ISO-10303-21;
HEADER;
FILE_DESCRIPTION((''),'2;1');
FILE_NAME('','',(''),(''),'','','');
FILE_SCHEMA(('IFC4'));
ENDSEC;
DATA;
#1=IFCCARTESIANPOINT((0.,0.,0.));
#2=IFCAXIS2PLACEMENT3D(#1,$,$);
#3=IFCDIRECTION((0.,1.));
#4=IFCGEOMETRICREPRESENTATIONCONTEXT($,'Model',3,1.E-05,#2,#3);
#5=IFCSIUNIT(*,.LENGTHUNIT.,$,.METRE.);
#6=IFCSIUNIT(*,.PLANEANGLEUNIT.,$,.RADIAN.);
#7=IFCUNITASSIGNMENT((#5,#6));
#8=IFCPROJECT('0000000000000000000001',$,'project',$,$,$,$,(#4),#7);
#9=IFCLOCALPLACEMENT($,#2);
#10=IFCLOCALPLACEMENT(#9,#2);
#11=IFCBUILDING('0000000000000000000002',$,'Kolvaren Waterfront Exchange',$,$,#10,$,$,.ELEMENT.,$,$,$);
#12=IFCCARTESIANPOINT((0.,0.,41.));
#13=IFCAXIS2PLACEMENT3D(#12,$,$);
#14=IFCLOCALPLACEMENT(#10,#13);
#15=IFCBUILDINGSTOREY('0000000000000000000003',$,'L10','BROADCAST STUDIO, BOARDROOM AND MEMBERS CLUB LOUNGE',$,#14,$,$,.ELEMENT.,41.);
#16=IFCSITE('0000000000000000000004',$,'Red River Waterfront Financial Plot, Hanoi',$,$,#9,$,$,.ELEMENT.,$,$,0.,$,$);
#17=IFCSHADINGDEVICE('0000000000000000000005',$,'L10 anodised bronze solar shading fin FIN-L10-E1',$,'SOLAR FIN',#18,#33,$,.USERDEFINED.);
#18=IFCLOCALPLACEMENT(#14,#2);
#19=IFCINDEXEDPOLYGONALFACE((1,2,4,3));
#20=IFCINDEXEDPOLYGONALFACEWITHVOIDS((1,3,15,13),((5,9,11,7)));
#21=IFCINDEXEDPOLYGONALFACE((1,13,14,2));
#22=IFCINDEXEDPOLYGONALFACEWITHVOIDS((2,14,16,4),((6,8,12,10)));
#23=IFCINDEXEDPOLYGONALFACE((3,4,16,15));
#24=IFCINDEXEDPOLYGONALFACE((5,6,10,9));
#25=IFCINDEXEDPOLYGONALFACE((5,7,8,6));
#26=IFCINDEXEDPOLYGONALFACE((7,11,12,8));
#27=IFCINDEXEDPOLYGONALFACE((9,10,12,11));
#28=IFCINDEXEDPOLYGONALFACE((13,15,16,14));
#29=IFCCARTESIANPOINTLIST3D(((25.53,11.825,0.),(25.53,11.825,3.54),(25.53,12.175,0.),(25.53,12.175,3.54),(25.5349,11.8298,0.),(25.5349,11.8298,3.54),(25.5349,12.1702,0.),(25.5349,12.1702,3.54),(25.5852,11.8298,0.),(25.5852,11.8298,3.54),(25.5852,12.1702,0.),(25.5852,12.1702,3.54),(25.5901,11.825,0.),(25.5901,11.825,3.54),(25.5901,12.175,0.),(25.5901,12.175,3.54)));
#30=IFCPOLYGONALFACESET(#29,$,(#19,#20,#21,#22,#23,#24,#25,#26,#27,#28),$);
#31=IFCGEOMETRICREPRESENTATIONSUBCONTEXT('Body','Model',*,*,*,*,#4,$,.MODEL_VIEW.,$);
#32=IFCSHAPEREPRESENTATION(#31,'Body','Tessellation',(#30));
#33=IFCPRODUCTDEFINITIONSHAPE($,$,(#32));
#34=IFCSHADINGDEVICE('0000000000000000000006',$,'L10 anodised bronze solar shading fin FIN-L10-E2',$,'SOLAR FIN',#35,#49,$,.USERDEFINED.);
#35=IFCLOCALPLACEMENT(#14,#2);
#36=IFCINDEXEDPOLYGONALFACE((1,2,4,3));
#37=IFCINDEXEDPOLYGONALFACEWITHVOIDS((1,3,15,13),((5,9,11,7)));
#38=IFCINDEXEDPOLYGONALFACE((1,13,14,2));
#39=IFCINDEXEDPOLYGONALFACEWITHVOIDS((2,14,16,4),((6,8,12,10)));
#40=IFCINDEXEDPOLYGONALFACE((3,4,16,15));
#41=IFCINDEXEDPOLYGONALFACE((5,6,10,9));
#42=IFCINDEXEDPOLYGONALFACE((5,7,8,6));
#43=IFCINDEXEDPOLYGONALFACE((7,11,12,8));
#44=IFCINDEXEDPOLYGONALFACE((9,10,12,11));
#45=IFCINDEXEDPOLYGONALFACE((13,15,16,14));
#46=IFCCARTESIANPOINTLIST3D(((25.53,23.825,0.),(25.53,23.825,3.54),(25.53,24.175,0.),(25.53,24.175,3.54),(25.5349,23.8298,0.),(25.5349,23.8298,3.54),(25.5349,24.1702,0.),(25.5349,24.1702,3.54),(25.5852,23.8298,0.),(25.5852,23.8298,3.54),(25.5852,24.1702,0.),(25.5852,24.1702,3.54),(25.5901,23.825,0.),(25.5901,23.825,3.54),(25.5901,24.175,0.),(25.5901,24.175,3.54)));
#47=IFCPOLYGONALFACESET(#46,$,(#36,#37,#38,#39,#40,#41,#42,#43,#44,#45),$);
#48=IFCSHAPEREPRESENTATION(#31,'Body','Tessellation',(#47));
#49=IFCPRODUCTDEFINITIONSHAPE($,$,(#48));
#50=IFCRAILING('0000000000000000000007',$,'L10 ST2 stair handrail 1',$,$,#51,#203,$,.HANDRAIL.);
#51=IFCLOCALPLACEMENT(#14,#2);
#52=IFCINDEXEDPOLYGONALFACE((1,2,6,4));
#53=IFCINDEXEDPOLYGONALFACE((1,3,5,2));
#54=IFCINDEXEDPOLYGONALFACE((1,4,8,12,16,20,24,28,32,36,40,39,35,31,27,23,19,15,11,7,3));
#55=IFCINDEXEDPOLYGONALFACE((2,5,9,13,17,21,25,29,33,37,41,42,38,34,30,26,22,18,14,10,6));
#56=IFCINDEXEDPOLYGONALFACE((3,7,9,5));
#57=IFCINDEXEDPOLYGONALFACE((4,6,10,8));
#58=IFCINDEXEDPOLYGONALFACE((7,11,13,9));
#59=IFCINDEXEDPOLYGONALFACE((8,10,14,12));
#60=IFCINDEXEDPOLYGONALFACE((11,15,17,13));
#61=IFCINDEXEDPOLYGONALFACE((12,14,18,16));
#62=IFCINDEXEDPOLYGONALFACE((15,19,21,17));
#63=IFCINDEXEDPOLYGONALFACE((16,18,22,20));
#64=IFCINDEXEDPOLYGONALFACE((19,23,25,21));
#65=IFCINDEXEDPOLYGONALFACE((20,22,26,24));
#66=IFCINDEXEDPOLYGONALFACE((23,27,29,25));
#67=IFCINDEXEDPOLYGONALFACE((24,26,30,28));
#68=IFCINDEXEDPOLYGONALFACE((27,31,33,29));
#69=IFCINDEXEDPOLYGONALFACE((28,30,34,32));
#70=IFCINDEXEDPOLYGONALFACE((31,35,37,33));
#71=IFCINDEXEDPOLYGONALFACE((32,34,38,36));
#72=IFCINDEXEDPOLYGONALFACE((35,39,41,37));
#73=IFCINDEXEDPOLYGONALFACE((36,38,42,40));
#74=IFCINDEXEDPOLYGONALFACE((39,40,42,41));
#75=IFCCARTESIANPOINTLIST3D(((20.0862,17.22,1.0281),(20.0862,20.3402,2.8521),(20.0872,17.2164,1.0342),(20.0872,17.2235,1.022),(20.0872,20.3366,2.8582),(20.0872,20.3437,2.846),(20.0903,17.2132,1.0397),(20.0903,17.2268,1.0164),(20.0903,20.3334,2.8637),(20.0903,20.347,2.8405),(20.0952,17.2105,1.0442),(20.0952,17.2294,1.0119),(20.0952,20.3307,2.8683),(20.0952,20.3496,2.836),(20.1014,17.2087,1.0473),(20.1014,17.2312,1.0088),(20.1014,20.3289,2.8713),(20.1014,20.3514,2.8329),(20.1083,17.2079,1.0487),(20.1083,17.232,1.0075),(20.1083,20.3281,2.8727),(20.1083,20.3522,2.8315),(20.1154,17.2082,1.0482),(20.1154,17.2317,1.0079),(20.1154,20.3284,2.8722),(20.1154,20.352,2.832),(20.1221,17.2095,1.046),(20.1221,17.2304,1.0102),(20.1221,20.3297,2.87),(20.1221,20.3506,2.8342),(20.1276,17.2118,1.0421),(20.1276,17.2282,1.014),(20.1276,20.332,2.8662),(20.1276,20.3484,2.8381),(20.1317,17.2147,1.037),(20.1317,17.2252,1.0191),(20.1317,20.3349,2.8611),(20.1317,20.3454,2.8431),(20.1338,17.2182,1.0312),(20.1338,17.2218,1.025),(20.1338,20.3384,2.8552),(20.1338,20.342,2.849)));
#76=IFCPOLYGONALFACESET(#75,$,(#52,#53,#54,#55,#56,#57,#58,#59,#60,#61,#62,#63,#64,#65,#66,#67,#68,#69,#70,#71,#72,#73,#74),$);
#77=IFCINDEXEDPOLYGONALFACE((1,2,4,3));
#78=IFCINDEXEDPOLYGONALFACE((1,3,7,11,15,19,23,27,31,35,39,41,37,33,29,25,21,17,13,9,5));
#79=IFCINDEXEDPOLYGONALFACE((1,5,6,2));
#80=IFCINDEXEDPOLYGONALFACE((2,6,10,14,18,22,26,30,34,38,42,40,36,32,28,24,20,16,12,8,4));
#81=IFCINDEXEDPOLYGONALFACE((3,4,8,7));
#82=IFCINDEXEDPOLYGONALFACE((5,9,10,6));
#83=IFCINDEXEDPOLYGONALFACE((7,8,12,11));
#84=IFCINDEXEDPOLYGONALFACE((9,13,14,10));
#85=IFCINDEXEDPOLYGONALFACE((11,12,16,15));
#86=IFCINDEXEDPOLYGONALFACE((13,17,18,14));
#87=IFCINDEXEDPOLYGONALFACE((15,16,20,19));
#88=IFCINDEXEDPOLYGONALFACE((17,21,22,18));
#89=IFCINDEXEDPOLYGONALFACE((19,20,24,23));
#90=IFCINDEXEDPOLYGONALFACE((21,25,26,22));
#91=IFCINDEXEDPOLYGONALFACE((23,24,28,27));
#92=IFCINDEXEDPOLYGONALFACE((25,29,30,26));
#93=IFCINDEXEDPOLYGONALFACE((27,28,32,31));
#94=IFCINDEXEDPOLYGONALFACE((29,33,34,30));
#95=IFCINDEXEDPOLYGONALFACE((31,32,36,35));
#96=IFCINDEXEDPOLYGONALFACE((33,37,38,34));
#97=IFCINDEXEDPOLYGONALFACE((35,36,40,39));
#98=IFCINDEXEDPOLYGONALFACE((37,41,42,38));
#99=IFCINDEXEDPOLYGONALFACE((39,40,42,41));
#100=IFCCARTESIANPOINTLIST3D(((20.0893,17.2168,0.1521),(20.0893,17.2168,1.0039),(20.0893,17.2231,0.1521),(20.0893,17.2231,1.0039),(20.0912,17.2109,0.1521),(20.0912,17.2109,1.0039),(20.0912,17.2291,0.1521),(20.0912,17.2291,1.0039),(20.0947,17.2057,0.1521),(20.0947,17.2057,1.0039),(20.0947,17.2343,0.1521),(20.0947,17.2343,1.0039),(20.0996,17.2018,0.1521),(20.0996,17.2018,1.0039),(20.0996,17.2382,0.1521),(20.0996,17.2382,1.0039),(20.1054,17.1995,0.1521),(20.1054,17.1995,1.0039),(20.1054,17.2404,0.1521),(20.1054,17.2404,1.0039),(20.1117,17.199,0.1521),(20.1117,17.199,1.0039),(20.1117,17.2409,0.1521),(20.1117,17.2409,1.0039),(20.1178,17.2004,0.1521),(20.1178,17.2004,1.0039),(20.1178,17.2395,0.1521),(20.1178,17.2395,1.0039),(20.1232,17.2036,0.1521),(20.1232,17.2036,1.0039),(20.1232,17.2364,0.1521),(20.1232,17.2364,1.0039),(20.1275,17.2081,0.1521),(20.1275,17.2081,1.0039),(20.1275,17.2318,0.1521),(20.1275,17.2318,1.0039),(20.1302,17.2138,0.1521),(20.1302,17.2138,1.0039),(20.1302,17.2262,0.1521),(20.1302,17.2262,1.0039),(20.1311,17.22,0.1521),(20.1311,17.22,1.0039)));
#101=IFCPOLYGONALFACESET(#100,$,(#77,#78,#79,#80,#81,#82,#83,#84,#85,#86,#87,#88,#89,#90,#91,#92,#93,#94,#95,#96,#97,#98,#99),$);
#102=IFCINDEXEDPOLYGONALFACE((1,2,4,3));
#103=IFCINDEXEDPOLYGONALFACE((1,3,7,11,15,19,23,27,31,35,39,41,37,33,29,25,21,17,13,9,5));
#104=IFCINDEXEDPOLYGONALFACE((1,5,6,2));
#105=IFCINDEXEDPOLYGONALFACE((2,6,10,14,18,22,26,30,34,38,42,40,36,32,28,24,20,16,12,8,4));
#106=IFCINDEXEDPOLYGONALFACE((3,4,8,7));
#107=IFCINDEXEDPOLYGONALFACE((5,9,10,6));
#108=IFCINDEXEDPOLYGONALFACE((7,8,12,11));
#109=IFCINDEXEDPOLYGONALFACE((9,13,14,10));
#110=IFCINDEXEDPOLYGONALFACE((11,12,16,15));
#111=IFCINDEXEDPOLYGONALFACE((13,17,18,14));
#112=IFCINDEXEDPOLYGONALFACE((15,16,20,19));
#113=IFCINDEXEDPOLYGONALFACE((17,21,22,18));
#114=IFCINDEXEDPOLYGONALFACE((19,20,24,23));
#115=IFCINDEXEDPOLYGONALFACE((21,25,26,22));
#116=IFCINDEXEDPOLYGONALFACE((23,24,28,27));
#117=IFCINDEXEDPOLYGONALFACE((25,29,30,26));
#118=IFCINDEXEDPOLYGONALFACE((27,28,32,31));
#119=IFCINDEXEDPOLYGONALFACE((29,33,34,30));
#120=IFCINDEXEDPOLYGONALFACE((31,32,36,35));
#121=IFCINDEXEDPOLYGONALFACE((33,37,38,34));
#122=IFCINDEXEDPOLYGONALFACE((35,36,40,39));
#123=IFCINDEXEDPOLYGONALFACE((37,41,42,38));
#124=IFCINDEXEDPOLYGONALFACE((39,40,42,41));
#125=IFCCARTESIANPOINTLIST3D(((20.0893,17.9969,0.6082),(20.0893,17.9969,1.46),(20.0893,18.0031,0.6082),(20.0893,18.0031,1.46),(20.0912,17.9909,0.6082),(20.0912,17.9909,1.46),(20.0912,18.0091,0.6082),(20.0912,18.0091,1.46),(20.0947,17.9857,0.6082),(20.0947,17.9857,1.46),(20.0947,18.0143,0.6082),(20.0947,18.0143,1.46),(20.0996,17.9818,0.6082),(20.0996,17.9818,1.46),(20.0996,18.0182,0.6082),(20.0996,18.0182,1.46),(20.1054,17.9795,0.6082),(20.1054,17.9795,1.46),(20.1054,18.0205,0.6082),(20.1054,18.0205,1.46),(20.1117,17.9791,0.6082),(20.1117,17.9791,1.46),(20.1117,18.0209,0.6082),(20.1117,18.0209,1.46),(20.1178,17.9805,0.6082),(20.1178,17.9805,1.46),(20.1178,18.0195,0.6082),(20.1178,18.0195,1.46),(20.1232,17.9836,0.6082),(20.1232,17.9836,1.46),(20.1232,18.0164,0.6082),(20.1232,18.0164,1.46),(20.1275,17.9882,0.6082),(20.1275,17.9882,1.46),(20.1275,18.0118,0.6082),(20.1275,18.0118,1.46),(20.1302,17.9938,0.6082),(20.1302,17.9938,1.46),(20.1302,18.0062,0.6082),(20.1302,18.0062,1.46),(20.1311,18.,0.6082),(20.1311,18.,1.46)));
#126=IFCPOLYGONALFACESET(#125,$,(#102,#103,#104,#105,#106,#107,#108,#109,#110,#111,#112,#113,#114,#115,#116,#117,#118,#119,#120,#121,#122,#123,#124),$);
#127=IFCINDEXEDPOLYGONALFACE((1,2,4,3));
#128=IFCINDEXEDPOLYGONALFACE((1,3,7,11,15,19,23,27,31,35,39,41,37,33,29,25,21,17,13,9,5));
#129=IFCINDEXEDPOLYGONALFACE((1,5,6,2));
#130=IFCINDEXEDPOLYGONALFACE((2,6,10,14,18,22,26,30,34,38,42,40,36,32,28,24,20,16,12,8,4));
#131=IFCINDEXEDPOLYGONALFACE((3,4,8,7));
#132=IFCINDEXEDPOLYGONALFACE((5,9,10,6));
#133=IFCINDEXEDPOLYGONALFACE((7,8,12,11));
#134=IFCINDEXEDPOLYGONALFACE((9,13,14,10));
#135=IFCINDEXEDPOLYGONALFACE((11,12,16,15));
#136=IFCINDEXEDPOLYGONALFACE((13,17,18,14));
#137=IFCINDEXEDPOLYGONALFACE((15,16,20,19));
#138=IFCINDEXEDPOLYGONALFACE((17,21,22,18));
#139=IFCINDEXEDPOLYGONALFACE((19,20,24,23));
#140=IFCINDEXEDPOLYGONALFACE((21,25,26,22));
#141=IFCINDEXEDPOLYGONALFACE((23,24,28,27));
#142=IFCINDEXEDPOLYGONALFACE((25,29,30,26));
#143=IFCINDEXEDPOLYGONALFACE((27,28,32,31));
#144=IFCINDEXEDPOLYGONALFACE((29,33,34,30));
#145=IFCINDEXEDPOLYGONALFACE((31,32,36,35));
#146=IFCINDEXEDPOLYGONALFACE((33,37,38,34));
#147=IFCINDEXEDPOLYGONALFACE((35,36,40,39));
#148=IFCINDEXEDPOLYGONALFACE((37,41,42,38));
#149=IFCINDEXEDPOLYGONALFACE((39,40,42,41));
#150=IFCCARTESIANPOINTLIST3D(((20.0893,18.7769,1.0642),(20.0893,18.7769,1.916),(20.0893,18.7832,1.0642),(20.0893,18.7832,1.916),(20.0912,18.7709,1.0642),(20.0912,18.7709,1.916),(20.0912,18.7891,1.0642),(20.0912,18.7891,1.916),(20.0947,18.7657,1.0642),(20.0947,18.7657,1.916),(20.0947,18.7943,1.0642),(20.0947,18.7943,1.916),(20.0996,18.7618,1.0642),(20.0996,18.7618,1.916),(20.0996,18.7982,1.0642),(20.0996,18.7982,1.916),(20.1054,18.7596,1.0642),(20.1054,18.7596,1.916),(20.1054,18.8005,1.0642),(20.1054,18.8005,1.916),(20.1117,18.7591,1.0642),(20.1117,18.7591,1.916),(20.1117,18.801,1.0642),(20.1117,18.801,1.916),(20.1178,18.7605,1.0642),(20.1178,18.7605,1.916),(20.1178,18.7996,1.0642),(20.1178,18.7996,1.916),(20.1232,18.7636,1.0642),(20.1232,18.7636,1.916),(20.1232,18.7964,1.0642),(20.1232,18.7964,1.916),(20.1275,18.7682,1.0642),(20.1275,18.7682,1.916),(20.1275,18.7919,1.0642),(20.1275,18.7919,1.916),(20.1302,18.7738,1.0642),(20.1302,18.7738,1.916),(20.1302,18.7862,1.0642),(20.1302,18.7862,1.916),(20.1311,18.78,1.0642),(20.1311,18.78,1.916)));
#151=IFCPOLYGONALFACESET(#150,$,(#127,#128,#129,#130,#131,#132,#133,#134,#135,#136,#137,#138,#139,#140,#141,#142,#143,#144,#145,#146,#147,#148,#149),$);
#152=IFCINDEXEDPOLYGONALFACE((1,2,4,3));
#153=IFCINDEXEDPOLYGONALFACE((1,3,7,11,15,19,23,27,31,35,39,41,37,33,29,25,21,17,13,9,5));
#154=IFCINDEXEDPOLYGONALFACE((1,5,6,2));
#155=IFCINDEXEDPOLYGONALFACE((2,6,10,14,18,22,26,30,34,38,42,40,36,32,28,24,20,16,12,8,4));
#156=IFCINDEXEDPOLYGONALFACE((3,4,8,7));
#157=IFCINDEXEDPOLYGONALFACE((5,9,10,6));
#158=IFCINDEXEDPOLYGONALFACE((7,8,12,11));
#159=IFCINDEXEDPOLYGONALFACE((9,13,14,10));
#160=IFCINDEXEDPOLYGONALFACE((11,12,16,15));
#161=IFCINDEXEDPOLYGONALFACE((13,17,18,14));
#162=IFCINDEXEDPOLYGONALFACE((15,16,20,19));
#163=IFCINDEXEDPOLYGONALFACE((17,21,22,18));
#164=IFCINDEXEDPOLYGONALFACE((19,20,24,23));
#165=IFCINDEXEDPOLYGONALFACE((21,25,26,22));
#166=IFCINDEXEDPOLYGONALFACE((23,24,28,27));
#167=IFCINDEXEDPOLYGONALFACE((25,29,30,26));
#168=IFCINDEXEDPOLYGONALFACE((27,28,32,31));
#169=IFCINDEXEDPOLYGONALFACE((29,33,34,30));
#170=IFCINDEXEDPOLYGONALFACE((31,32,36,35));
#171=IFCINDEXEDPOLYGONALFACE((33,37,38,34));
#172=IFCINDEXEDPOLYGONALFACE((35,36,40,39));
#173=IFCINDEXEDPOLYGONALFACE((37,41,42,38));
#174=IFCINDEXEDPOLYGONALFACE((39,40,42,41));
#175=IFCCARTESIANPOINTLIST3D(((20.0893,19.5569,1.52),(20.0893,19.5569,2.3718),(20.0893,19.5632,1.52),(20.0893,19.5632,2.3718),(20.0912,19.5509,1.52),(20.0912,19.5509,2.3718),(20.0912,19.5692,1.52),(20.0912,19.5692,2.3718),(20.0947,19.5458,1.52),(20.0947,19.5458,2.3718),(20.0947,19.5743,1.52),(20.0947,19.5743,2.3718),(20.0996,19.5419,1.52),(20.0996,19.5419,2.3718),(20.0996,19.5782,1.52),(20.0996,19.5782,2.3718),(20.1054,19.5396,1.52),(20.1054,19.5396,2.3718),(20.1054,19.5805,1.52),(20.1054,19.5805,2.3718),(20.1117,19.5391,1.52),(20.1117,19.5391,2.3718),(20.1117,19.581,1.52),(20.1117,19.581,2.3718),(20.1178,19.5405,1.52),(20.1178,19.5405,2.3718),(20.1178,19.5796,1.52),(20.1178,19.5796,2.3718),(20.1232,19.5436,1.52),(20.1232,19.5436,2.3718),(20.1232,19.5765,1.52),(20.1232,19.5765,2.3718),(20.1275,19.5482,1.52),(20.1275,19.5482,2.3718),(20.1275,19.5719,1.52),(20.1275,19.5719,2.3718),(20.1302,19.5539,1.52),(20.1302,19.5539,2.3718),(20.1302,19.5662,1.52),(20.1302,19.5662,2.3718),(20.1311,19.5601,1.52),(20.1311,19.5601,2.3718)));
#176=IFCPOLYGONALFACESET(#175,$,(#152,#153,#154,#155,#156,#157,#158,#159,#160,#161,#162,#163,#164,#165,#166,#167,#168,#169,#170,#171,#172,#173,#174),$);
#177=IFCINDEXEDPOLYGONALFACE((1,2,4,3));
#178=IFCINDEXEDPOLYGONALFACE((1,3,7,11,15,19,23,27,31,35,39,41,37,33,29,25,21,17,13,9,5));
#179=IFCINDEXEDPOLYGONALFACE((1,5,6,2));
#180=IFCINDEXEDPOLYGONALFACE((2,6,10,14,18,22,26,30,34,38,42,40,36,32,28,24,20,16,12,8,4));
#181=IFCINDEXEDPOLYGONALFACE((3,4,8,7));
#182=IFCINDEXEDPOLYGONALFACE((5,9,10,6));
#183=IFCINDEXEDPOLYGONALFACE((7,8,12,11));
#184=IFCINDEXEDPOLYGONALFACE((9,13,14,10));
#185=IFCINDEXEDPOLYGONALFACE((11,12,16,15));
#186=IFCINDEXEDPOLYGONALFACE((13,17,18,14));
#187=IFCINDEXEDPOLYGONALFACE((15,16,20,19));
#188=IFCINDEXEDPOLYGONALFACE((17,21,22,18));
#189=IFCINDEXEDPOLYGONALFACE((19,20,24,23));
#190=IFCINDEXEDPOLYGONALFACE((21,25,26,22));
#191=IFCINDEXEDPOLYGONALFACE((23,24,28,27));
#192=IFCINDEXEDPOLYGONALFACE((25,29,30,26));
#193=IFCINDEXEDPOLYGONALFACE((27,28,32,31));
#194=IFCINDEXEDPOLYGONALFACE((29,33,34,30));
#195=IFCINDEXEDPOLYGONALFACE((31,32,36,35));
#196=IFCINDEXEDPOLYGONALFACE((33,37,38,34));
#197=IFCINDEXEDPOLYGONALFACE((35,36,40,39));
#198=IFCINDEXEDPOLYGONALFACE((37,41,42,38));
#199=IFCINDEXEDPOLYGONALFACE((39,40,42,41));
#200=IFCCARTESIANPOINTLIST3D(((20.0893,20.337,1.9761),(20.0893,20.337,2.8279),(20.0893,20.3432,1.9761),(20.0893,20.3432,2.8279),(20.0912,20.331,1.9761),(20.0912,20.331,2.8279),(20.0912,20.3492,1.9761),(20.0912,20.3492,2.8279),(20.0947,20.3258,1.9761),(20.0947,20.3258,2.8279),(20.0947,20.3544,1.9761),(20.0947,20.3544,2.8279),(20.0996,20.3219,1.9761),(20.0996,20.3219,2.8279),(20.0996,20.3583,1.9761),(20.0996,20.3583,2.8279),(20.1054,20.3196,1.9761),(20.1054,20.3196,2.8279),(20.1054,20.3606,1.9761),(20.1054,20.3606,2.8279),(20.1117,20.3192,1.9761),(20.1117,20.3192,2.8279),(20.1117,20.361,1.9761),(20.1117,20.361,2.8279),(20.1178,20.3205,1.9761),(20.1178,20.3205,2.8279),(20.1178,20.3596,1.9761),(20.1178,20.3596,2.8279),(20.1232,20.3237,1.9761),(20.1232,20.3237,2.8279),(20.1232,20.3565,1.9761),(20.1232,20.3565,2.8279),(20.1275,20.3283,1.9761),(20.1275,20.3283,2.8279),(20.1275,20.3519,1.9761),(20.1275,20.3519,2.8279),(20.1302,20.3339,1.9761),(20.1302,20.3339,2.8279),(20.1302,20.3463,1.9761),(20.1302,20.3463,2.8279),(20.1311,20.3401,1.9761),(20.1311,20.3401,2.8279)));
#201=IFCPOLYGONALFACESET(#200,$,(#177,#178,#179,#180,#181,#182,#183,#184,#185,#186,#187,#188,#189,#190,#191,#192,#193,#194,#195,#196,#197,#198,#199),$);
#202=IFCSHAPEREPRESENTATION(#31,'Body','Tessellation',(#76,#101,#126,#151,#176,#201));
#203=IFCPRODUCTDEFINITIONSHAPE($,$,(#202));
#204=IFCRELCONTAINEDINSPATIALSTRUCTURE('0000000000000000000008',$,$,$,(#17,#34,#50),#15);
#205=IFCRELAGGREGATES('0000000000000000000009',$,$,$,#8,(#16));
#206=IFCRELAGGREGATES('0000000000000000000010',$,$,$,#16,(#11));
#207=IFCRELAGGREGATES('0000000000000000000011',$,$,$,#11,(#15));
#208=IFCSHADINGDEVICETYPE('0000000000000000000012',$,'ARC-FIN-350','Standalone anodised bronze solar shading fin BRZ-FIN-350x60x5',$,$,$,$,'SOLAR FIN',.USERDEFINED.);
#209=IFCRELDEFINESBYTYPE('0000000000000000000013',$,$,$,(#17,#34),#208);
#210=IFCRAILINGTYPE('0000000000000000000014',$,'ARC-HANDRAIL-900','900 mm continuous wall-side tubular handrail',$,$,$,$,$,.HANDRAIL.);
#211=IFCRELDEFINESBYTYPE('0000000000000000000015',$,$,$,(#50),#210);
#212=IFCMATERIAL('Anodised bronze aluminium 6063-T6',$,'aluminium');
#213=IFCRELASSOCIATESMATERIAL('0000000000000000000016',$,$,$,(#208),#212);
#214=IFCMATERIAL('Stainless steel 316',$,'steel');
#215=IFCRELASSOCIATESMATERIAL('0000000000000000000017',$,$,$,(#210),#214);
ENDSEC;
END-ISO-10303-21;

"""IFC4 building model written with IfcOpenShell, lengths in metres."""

from ifc_helpers import new_model, si_unit, direction, frame, origin, origin_2d, place, context, subcontext, project, spatial, hollow_rectangle, circle, extrude, material, material_profile, profile_set, type_object, element, save


model = new_model("IFC4")

# Units and contexts
model_context = context("Model", 3, precision=1e-05, world=origin(), true_north=direction((0.0, 1.0)))
body_context = subcontext(model_context, "Body", "Model", "MODEL_VIEW")
ifc_project = project(units=[si_unit("LENGTHUNIT", "METRE"), si_unit("PLANEANGLEUNIT", "RADIAN")], contexts=[model_context])

# Site, building, storey
site_placement = place(None, origin())
site = spatial("IfcSite", under=ifc_project, at=site_placement, Name="Red River Waterfront Financial Plot, Hanoi", CompositionType="ELEMENT", RefElevation=0.0)
building_placement = place(site_placement, origin())
building = spatial("IfcBuilding", under=site, at=building_placement, Name="Kolvaren Waterfront Exchange", CompositionType="ELEMENT")
storey_placement = place(building_placement, frame((0.0, 0.0, 41.0)))
storey = spatial("IfcBuildingStorey", under=building, at=storey_placement, Name="L10", Description="BROADCAST STUDIO, BOARDROOM AND MEMBERS CLUB LOUNGE", CompositionType="ELEMENT", Elevation=41.0)

# Shading devices
ifc_material_1 = material(Name="Anodised bronze aluminium 6063-T6", Category="aluminium")
ifc_material_profile_1 = material_profile(ifc_material_1, hollow_rectangle(XDim=0.0601, YDim=0.3501, WallThickness=0.0049, at=origin_2d()), Name="BRZ-FIN-350x60x5")
ifc_profile_set_1 = profile_set([ifc_material_profile_1], Name="Anodised bronze aluminium 6063-T6")
shading_device_type = type_object("IfcShadingDeviceType", Name="ARC-FIN-350", Description="Standalone anodised bronze solar shading fin BRZ-FIN-350x60x5", ElementType="SOLAR FIN", PredefinedType="USERDEFINED", material=ifc_profile_set_1)
for number, where, z_axis, x_axis, name in (
    (1, (25.5601, 12.0, 0.0), (0.0, 0.0, 1.0), (1.0, 0.0, 0.0), "L10 anodised bronze solar shading fin FIN-L10-E1"),
    (2, (25.5601, 24.0, 0.0), (0.0, 0.0, 1.0), (1.0, 0.0, 0.0), "L10 anodised bronze solar shading fin FIN-L10-E2"),
):
    element("IfcShadingDevice", number, at=place(storey_placement, frame(where, z_axis=z_axis, x_axis=x_axis)), inside=storey, type_object=shading_device_type, Name=name, ObjectType="SOLAR FIN", PredefinedType="USERDEFINED", context=body_context, shape_type="SweptSolid", body=[
        extrude(hollow_rectangle(XDim=0.0601, YDim=0.3501, WallThickness=0.0049, at=origin_2d()), origin(), (0.0, 0.0, 1.0), 3.54),
    ])

# Railing
ifc_material_2 = material(Name="Stainless steel 316", Category="steel")
railing_type = type_object("IfcRailingType", Name="ARC-HANDRAIL-900", Description="900 mm continuous wall-side tubular handrail", PredefinedType="HANDRAIL", material=ifc_material_2)
railing_placement = place(storey_placement, frame((20.1101, 17.22, 0.1521)))
element("IfcRailing", 3, at=railing_placement, inside=storey, type_object=railing_type, Name="L10 ST2 stair handrail 1", PredefinedType="HANDRAIL", context=body_context, shape_type="SweptSolid", body=[
    extrude(circle(Radius=0.0239, at=origin_2d()), frame((0.0, 0.0, 0.876), z_axis=(0.0, 0.863308, 0.504677), x_axis=(-1.0, 0.0, 0.0)), (0.0, 0.0, 1.0), 3.6143),
    extrude(circle(Radius=0.021, at=origin_2d()), origin(), (0.0, 0.0, 1.0), 0.8518),
    extrude(circle(Radius=0.021, at=origin_2d()), frame((0.0, 0.78, 0.4561)), (0.0, 0.0, 1.0), 0.8518),
    extrude(circle(Radius=0.021, at=origin_2d()), frame((0.0, 1.5601, 0.9121)), (0.0, 0.0, 1.0), 0.8518),
    extrude(circle(Radius=0.021, at=origin_2d()), frame((0.0, 2.3401, 1.3679)), (0.0, 0.0, 1.0), 0.8518),
    extrude(circle(Radius=0.021, at=origin_2d()), frame((0.0, 3.1201, 1.824)), (0.0, 0.0, 1.0), 0.8518),
])

save(model, "model.ifc")
